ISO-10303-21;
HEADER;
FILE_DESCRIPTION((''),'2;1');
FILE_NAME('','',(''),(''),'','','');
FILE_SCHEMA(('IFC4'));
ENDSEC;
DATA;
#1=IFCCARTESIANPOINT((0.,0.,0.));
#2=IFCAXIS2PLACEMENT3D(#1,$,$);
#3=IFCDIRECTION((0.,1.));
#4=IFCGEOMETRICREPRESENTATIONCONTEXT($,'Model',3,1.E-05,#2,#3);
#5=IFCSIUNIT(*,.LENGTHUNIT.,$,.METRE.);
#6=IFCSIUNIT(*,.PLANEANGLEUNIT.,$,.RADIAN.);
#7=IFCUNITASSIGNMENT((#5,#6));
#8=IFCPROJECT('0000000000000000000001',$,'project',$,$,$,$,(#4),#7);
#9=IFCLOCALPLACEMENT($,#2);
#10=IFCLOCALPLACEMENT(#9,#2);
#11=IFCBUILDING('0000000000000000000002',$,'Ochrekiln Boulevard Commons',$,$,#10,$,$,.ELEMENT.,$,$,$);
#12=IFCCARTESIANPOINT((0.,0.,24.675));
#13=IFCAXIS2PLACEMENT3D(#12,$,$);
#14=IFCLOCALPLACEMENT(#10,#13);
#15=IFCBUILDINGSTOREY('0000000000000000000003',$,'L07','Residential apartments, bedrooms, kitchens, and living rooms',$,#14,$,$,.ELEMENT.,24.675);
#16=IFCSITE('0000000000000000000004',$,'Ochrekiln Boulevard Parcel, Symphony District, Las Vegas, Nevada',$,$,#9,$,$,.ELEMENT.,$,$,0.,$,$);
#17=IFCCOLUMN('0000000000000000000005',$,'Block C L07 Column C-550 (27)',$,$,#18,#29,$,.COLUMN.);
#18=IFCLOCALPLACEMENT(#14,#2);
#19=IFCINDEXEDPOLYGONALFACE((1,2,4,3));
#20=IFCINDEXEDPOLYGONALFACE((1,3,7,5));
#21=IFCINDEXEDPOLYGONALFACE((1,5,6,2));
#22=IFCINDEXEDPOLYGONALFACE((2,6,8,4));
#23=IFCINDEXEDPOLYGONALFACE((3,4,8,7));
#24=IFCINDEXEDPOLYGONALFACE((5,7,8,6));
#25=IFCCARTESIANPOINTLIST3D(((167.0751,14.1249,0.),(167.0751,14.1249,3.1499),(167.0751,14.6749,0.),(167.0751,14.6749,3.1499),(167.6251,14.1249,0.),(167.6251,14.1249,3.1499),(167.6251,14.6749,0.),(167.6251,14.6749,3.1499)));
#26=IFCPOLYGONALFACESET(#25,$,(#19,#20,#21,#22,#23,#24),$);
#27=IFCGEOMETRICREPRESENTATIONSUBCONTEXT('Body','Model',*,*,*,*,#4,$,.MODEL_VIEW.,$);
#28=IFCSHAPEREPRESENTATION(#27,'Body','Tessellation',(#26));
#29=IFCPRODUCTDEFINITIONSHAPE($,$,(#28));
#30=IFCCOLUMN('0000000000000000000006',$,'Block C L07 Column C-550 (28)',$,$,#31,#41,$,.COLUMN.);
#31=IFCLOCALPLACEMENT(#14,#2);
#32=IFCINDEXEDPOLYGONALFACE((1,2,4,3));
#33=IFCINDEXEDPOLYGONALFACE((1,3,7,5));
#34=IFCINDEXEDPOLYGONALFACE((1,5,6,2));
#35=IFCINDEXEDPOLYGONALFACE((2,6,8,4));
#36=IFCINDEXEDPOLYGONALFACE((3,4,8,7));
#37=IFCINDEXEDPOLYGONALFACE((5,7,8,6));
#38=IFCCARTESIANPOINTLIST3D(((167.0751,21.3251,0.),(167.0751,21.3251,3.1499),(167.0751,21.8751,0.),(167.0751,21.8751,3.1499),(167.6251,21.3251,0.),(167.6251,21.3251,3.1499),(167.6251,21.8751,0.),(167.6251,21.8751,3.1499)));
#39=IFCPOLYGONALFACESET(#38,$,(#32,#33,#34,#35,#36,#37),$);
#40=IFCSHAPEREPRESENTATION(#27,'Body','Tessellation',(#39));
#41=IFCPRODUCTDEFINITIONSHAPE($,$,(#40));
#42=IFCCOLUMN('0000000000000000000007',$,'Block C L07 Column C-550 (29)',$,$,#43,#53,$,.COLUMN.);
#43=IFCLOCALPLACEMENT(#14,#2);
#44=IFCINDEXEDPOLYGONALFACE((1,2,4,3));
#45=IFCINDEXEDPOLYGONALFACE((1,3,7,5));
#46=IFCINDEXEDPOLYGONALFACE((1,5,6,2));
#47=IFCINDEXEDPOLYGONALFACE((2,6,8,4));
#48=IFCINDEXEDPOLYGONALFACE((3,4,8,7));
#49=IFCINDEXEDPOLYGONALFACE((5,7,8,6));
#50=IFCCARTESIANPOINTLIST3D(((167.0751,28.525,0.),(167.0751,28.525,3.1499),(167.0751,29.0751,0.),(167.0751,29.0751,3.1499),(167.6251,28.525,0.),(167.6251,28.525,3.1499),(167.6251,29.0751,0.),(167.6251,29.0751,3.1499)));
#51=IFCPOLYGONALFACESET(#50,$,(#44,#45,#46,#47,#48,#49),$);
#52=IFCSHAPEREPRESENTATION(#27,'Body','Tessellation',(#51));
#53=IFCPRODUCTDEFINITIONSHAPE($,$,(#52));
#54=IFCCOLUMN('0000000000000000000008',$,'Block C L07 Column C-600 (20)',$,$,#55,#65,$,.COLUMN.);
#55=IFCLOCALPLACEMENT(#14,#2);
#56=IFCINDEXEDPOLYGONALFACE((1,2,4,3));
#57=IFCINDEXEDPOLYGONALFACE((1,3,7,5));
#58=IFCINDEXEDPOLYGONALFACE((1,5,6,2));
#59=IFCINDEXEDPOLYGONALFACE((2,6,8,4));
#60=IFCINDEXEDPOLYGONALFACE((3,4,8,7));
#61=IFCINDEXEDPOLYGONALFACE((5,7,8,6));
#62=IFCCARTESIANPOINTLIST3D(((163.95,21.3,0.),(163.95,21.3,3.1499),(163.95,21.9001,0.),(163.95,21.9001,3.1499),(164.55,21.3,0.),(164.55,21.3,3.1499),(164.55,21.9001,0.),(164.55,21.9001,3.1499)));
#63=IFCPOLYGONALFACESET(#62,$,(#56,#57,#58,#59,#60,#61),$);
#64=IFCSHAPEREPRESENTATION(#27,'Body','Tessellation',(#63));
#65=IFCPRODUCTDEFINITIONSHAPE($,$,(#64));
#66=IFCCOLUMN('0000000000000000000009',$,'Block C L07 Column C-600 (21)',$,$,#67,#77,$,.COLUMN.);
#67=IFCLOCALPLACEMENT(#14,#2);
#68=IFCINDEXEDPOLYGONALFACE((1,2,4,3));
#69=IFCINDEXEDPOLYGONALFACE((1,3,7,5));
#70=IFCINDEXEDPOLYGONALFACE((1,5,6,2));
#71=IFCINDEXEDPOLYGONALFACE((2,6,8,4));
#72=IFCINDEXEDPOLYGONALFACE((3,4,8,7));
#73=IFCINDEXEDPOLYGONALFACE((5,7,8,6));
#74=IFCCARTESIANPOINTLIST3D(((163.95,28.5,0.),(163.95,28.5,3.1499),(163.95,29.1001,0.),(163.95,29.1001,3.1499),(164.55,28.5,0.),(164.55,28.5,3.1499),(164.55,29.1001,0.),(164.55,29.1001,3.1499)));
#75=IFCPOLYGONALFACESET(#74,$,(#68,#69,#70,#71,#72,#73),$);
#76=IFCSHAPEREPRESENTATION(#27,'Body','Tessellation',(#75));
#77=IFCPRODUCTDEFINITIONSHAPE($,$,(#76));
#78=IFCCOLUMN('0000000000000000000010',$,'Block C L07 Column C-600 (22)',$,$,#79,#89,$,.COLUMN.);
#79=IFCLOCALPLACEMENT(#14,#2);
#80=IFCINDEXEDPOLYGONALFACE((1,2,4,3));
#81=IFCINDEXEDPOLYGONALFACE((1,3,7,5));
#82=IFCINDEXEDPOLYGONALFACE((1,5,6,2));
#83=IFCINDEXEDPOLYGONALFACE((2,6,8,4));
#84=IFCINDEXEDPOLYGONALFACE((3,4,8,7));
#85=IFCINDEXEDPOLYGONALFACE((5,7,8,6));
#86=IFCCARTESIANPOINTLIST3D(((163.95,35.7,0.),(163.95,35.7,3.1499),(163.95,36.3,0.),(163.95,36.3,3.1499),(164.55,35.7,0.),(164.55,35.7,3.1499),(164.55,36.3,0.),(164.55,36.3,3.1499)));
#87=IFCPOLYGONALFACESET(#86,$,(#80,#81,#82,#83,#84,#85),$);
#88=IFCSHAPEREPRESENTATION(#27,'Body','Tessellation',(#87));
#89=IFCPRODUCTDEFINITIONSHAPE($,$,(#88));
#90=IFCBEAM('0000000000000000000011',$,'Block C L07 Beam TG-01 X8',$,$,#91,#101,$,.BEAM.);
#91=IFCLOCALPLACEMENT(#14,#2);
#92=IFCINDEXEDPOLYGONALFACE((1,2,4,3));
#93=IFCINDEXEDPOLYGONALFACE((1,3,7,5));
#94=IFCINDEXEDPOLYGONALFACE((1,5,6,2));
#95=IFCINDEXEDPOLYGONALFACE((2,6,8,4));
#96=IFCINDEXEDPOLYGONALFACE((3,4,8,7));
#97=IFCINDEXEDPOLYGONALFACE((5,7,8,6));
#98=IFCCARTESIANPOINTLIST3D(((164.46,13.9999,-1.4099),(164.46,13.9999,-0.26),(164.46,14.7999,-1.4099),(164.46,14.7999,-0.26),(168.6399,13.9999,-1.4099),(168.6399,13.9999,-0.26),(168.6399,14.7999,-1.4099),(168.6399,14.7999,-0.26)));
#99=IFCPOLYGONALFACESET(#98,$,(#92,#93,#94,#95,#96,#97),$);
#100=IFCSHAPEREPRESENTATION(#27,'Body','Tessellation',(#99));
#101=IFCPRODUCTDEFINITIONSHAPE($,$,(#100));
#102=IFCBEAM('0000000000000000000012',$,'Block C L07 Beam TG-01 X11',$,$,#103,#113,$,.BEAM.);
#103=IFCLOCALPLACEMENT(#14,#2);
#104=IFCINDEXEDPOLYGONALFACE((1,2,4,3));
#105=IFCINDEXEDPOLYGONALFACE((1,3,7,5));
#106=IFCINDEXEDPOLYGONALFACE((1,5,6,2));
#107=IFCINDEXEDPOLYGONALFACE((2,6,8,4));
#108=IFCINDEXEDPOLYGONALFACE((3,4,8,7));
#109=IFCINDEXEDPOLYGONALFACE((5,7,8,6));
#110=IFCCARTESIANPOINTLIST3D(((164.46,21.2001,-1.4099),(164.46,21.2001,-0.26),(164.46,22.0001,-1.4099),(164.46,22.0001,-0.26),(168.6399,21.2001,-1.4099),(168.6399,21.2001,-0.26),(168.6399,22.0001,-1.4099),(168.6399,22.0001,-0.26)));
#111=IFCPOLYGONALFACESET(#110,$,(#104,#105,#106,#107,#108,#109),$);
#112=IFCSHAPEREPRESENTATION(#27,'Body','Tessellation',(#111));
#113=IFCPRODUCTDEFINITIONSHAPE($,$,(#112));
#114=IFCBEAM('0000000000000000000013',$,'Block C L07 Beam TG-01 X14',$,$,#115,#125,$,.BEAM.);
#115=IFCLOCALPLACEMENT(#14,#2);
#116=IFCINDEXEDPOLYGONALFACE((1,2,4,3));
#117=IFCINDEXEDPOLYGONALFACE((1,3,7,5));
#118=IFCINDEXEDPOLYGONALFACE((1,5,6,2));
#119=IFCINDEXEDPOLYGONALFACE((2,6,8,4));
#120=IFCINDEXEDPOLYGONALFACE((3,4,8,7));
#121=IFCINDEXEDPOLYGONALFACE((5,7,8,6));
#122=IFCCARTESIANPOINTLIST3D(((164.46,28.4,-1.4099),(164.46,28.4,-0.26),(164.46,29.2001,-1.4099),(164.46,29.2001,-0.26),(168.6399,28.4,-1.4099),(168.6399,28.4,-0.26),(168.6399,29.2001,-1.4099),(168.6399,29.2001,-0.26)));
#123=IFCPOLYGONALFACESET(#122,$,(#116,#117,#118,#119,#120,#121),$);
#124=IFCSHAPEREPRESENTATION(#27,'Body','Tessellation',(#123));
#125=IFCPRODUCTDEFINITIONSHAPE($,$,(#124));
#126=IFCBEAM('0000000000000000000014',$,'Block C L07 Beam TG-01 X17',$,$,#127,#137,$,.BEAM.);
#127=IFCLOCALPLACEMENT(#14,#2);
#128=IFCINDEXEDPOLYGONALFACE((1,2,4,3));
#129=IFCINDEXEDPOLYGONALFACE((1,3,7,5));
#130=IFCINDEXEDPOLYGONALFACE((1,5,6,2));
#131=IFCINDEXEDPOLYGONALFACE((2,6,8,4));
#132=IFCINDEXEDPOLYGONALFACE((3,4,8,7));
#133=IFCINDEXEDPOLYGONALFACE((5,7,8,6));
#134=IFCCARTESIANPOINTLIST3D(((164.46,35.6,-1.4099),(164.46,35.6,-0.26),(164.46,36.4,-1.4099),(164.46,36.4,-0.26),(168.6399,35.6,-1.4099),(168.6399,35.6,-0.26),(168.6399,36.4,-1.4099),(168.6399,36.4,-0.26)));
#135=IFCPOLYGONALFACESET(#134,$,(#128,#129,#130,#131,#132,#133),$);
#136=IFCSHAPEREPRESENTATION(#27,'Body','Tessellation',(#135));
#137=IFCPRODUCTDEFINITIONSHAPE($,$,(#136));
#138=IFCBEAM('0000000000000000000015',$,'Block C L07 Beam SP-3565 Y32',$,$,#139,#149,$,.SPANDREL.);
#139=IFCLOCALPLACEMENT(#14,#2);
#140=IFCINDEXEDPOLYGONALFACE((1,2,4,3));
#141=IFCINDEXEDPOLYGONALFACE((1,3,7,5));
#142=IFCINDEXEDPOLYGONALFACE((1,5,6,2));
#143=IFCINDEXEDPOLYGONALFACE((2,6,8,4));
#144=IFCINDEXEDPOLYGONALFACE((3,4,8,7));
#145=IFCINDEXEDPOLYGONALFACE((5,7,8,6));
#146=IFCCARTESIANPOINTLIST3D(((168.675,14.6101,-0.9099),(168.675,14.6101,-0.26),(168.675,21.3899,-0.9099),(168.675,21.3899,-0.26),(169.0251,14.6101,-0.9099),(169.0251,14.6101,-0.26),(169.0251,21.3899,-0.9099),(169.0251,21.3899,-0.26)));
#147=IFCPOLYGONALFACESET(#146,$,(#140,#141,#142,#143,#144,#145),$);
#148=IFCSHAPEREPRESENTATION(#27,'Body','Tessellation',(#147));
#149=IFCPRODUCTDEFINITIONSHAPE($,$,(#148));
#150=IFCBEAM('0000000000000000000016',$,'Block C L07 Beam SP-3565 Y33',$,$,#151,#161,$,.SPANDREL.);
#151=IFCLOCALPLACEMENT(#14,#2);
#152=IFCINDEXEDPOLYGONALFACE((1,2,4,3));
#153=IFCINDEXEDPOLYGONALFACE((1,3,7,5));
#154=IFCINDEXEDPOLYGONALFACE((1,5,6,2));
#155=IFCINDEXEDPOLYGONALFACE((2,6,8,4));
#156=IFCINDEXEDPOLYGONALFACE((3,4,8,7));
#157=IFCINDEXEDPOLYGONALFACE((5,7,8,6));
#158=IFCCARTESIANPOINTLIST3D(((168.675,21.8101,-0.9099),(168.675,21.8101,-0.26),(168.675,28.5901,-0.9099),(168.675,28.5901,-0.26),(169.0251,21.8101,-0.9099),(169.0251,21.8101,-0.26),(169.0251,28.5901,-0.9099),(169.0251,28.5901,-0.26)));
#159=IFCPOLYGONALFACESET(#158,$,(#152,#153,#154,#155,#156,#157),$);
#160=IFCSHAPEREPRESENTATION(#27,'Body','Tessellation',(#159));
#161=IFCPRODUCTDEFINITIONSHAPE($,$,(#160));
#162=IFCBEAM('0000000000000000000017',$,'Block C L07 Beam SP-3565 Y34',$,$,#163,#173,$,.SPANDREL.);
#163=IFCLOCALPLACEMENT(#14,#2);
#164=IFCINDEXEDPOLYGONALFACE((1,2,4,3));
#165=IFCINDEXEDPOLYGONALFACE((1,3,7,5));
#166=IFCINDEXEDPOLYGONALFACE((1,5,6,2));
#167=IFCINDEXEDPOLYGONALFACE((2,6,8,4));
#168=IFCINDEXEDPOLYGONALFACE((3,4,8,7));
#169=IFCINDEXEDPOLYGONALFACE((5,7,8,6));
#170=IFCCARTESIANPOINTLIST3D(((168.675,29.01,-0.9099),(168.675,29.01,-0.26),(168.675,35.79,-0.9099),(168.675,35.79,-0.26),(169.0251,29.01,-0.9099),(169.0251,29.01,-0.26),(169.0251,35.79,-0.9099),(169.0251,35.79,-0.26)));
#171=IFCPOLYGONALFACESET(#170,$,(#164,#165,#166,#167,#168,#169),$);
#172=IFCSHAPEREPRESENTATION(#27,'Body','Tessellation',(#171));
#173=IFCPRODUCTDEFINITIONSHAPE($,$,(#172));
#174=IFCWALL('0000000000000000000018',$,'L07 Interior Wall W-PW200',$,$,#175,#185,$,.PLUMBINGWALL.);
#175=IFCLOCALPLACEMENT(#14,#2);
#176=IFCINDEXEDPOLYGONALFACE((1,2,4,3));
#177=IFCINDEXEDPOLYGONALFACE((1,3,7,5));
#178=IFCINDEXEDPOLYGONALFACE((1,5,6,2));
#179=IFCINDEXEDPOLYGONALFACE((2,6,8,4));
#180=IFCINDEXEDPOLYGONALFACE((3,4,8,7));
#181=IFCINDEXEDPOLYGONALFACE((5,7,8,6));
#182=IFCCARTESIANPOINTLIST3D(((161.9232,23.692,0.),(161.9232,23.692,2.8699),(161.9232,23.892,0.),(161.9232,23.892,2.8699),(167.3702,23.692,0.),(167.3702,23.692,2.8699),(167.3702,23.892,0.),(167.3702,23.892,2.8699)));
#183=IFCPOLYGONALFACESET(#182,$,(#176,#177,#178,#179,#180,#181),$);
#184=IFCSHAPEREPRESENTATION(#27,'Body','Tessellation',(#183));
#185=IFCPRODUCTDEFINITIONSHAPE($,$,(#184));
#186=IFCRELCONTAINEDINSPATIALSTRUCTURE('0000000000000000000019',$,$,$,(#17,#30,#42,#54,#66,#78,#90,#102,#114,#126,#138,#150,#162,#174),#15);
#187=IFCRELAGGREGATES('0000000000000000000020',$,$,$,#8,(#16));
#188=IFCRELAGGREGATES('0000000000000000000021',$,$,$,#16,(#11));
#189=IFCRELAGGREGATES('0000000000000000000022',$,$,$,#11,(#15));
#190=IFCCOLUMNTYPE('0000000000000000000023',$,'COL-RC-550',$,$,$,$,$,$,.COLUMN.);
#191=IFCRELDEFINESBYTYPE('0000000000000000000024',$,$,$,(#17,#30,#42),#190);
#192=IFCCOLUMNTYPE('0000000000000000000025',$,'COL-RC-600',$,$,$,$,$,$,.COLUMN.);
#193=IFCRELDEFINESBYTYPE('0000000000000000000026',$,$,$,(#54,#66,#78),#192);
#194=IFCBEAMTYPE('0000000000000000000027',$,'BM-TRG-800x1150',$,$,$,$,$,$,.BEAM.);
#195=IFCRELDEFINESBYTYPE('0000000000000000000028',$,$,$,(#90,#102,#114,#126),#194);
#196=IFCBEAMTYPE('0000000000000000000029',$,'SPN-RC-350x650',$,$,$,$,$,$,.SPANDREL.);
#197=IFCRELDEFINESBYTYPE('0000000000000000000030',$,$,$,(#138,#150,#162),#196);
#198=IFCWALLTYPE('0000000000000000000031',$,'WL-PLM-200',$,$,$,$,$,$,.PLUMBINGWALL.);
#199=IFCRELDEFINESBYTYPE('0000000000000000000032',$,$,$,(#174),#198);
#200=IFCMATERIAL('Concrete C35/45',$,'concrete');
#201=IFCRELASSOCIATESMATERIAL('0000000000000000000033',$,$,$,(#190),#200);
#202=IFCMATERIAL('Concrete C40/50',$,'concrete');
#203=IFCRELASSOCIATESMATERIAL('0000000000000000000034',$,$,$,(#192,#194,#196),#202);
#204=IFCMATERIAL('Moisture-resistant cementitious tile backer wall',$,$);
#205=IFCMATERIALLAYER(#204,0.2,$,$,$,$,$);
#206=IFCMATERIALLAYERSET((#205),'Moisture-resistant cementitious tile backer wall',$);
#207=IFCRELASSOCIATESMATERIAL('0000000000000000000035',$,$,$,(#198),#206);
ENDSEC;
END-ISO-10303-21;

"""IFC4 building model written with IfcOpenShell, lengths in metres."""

from ifc_helpers import new_model, si_unit, direction, frame, frame_2d, origin, origin_2d, place, context, subcontext, project, spatial, rectangle, extrude, material, layer, layer_set, material_profile, profile_set, type_object, element, save


model = new_model("IFC4")

# Units and contexts
model_context = context("Model", 3, precision=1e-05, world=origin(), true_north=direction((0.0, 1.0)))
body_context = subcontext(model_context, "Body", "Model", "MODEL_VIEW")
ifc_project = project(units=[si_unit("LENGTHUNIT", "METRE"), si_unit("PLANEANGLEUNIT", "RADIAN")], contexts=[model_context])

# Site, building, storey
site_placement = place(None, origin())
site = spatial("IfcSite", under=ifc_project, at=site_placement, Name="Ochrekiln Boulevard Parcel, Symphony District, Las Vegas, Nevada", CompositionType="ELEMENT", RefElevation=0.0)
building_placement = place(site_placement, origin())
building = spatial("IfcBuilding", under=site, at=building_placement, Name="Ochrekiln Boulevard Commons", CompositionType="ELEMENT")
storey_placement = place(building_placement, frame((0.0, 0.0, 24.675)))
storey = spatial("IfcBuildingStorey", under=building, at=storey_placement, Name="L07", Description="Residential apartments, bedrooms, kitchens, and living rooms", CompositionType="ELEMENT", Elevation=24.675)

# Columns
ifc_material_1 = material(Name="Concrete C35/45", Category="concrete")
ifc_material_profile_1 = material_profile(ifc_material_1, rectangle(XDim=0.55, YDim=0.55, at=origin_2d()), Name="RC-COL-550x550")
ifc_profile_set_1 = profile_set([ifc_material_profile_1], Name="Concrete C35/45")
column_type_1 = type_object("IfcColumnType", Name="COL-RC-550", PredefinedType="COLUMN", material=ifc_profile_set_1)
for number, where, z_axis, x_axis, name in (
    (1, (167.3501, 14.3999, 0.0), (0.0, 0.0, 1.0), (1.0, 0.0, 0.0), "Block C L07 Column C-550 (27)"),
    (2, (167.3501, 21.6001, 0.0), (0.0, 0.0, 1.0), (1.0, 0.0, 0.0), "Block C L07 Column C-550 (28)"),
    (3, (167.3501, 28.8, 0.0), (0.0, 0.0, 1.0), (1.0, 0.0, 0.0), "Block C L07 Column C-550 (29)"),
):
    element("IfcColumn", number, at=place(storey_placement, frame(where, z_axis=z_axis, x_axis=x_axis)), inside=storey, type_object=column_type_1, Name=name, PredefinedType="COLUMN", context=body_context, shape_type="SweptSolid", body=[
        extrude(rectangle(XDim=0.55, YDim=0.55, at=origin_2d()), origin(), (0.0, 0.0, 1.0), 3.1499),
    ])
ifc_material_2 = material(Name="Concrete C40/50", Category="concrete")
ifc_material_profile_2 = material_profile(ifc_material_2, rectangle(XDim=0.6001, YDim=0.6001, at=origin_2d()), Name="RC-COL-600x600")
ifc_profile_set_2 = profile_set([ifc_material_profile_2], Name="Concrete C40/50")
column_type_2 = type_object("IfcColumnType", Name="COL-RC-600", PredefinedType="COLUMN", material=ifc_profile_set_2)
for number, where, z_axis, x_axis, name in (
    (4, (164.25, 21.6001, 0.0), (0.0, 0.0, 1.0), (1.0, 0.0, 0.0), "Block C L07 Column C-600 (20)"),
    (5, (164.25, 28.8, 0.0), (0.0, 0.0, 1.0), (1.0, 0.0, 0.0), "Block C L07 Column C-600 (21)"),
    (6, (164.25, 36.0, 0.0), (0.0, 0.0, 1.0), (1.0, 0.0, 0.0), "Block C L07 Column C-600 (22)"),
):
    element("IfcColumn", number, at=place(storey_placement, frame(where, z_axis=z_axis, x_axis=x_axis)), inside=storey, type_object=column_type_2, Name=name, PredefinedType="COLUMN", context=body_context, shape_type="SweptSolid", body=[
        extrude(rectangle(XDim=0.6001, YDim=0.6001, at=origin_2d()), origin(), (0.0, 0.0, 1.0), 3.1499),
    ])

# Beams
ifc_material_profile_3 = material_profile(ifc_material_2, rectangle(XDim=0.8, YDim=1.1499, at=origin_2d()), Name="RC-TRG-800x1150")
ifc_profile_set_3 = profile_set([ifc_material_profile_3], Name="Concrete C40/50")
beam_type_1 = type_object("IfcBeamType", Name="BM-TRG-800x1150", PredefinedType="BEAM", material=ifc_profile_set_3)
for number, where, z_axis, x_axis, name in (
    (7, (164.46, 14.3999, -0.835), (1.0, 0.0, 0.0), (0.0, 1.0, 0.0), "Block C L07 Beam TG-01 X8"),
    (8, (164.46, 21.6001, -0.835), (1.0, 0.0, 0.0), (0.0, 1.0, 0.0), "Block C L07 Beam TG-01 X11"),
    (9, (164.46, 28.8, -0.835), (1.0, 0.0, 0.0), (0.0, 1.0, 0.0), "Block C L07 Beam TG-01 X14"),
    (10, (164.46, 36.0, -0.835), (1.0, 0.0, 0.0), (0.0, 1.0, 0.0), "Block C L07 Beam TG-01 X17"),
):
    element("IfcBeam", number, at=place(storey_placement, frame(where, z_axis=z_axis, x_axis=x_axis)), inside=storey, type_object=beam_type_1, Name=name, PredefinedType="BEAM", context=body_context, shape_type="SweptSolid", body=[
        extrude(rectangle(XDim=0.8, YDim=1.1499, at=origin_2d()), origin(), (0.0, 0.0, 1.0), 4.1799),
    ])
ifc_material_profile_4 = material_profile(ifc_material_2, rectangle(XDim=0.3501, YDim=0.6499, at=origin_2d()), Name="RC-SPN-350x650")
ifc_profile_set_4 = profile_set([ifc_material_profile_4], Name="Concrete C40/50")
beam_type_2 = type_object("IfcBeamType", Name="SPN-RC-350x650", PredefinedType="SPANDREL", material=ifc_profile_set_4)
beam_placement = place(storey_placement, frame((168.8501, 14.6101, -0.585), z_axis=(0.0, 1.0, 0.0), x_axis=(-1.0, 0.0, 0.0)))
element("IfcBeam", 11, at=beam_placement, inside=storey, type_object=beam_type_2, Name="Block C L07 Beam SP-3565 Y32", PredefinedType="SPANDREL", context=body_context, shape_type="SweptSolid", body=[
    extrude(rectangle(XDim=0.3501, YDim=0.6499, at=origin_2d()), origin(), (0.0, 0.0, 1.0), 6.7798),
])
for number, where, z_axis, x_axis, name in (
    (12, (168.8501, 21.8101, -0.585), (0.0, 1.0, 0.0), (-1.0, 0.0, 0.0), "Block C L07 Beam SP-3565 Y33"),
    (13, (168.8501, 29.01, -0.585), (0.0, 1.0, 0.0), (-1.0, 0.0, 0.0), "Block C L07 Beam SP-3565 Y34"),
):
    element("IfcBeam", number, at=place(storey_placement, frame(where, z_axis=z_axis, x_axis=x_axis)), inside=storey, type_object=beam_type_2, Name=name, PredefinedType="SPANDREL", context=body_context, shape_type="SweptSolid", body=[
        extrude(rectangle(XDim=0.3501, YDim=0.6499, at=origin_2d()), origin(), (0.0, 0.0, 1.0), 6.78),
    ])

# Wall
ifc_material_3 = material(Name="Moisture-resistant cementitious tile backer wall")
ifc_layer_1 = layer(ifc_material_3, 0.2)
ifc_layer_set_1 = layer_set([ifc_layer_1], Name="Moisture-resistant cementitious tile backer wall")
wall_type_1 = type_object("IfcWallType", Name="WL-PLM-200", PredefinedType="PLUMBINGWALL", material=ifc_layer_set_1)
wall_1_placement = place(storey_placement, frame((161.9231, 23.792, 0.0), z_axis=(0.0, 0.0, 1.0), x_axis=(1.0, 0.0, 0.0)))
element("IfcWall", 14, at=wall_1_placement, inside=storey, type_object=wall_type_1, Name="L07 Interior Wall W-PW200", PredefinedType="PLUMBINGWALL", context=body_context, shape_type="SweptSolid", body=[
    extrude(rectangle(XDim=5.447, YDim=0.2, at=frame_2d((2.7236, 0.0))), origin(), (0.0, 0.0, 1.0), 2.8699),
])

save(model, "model.ifc")
